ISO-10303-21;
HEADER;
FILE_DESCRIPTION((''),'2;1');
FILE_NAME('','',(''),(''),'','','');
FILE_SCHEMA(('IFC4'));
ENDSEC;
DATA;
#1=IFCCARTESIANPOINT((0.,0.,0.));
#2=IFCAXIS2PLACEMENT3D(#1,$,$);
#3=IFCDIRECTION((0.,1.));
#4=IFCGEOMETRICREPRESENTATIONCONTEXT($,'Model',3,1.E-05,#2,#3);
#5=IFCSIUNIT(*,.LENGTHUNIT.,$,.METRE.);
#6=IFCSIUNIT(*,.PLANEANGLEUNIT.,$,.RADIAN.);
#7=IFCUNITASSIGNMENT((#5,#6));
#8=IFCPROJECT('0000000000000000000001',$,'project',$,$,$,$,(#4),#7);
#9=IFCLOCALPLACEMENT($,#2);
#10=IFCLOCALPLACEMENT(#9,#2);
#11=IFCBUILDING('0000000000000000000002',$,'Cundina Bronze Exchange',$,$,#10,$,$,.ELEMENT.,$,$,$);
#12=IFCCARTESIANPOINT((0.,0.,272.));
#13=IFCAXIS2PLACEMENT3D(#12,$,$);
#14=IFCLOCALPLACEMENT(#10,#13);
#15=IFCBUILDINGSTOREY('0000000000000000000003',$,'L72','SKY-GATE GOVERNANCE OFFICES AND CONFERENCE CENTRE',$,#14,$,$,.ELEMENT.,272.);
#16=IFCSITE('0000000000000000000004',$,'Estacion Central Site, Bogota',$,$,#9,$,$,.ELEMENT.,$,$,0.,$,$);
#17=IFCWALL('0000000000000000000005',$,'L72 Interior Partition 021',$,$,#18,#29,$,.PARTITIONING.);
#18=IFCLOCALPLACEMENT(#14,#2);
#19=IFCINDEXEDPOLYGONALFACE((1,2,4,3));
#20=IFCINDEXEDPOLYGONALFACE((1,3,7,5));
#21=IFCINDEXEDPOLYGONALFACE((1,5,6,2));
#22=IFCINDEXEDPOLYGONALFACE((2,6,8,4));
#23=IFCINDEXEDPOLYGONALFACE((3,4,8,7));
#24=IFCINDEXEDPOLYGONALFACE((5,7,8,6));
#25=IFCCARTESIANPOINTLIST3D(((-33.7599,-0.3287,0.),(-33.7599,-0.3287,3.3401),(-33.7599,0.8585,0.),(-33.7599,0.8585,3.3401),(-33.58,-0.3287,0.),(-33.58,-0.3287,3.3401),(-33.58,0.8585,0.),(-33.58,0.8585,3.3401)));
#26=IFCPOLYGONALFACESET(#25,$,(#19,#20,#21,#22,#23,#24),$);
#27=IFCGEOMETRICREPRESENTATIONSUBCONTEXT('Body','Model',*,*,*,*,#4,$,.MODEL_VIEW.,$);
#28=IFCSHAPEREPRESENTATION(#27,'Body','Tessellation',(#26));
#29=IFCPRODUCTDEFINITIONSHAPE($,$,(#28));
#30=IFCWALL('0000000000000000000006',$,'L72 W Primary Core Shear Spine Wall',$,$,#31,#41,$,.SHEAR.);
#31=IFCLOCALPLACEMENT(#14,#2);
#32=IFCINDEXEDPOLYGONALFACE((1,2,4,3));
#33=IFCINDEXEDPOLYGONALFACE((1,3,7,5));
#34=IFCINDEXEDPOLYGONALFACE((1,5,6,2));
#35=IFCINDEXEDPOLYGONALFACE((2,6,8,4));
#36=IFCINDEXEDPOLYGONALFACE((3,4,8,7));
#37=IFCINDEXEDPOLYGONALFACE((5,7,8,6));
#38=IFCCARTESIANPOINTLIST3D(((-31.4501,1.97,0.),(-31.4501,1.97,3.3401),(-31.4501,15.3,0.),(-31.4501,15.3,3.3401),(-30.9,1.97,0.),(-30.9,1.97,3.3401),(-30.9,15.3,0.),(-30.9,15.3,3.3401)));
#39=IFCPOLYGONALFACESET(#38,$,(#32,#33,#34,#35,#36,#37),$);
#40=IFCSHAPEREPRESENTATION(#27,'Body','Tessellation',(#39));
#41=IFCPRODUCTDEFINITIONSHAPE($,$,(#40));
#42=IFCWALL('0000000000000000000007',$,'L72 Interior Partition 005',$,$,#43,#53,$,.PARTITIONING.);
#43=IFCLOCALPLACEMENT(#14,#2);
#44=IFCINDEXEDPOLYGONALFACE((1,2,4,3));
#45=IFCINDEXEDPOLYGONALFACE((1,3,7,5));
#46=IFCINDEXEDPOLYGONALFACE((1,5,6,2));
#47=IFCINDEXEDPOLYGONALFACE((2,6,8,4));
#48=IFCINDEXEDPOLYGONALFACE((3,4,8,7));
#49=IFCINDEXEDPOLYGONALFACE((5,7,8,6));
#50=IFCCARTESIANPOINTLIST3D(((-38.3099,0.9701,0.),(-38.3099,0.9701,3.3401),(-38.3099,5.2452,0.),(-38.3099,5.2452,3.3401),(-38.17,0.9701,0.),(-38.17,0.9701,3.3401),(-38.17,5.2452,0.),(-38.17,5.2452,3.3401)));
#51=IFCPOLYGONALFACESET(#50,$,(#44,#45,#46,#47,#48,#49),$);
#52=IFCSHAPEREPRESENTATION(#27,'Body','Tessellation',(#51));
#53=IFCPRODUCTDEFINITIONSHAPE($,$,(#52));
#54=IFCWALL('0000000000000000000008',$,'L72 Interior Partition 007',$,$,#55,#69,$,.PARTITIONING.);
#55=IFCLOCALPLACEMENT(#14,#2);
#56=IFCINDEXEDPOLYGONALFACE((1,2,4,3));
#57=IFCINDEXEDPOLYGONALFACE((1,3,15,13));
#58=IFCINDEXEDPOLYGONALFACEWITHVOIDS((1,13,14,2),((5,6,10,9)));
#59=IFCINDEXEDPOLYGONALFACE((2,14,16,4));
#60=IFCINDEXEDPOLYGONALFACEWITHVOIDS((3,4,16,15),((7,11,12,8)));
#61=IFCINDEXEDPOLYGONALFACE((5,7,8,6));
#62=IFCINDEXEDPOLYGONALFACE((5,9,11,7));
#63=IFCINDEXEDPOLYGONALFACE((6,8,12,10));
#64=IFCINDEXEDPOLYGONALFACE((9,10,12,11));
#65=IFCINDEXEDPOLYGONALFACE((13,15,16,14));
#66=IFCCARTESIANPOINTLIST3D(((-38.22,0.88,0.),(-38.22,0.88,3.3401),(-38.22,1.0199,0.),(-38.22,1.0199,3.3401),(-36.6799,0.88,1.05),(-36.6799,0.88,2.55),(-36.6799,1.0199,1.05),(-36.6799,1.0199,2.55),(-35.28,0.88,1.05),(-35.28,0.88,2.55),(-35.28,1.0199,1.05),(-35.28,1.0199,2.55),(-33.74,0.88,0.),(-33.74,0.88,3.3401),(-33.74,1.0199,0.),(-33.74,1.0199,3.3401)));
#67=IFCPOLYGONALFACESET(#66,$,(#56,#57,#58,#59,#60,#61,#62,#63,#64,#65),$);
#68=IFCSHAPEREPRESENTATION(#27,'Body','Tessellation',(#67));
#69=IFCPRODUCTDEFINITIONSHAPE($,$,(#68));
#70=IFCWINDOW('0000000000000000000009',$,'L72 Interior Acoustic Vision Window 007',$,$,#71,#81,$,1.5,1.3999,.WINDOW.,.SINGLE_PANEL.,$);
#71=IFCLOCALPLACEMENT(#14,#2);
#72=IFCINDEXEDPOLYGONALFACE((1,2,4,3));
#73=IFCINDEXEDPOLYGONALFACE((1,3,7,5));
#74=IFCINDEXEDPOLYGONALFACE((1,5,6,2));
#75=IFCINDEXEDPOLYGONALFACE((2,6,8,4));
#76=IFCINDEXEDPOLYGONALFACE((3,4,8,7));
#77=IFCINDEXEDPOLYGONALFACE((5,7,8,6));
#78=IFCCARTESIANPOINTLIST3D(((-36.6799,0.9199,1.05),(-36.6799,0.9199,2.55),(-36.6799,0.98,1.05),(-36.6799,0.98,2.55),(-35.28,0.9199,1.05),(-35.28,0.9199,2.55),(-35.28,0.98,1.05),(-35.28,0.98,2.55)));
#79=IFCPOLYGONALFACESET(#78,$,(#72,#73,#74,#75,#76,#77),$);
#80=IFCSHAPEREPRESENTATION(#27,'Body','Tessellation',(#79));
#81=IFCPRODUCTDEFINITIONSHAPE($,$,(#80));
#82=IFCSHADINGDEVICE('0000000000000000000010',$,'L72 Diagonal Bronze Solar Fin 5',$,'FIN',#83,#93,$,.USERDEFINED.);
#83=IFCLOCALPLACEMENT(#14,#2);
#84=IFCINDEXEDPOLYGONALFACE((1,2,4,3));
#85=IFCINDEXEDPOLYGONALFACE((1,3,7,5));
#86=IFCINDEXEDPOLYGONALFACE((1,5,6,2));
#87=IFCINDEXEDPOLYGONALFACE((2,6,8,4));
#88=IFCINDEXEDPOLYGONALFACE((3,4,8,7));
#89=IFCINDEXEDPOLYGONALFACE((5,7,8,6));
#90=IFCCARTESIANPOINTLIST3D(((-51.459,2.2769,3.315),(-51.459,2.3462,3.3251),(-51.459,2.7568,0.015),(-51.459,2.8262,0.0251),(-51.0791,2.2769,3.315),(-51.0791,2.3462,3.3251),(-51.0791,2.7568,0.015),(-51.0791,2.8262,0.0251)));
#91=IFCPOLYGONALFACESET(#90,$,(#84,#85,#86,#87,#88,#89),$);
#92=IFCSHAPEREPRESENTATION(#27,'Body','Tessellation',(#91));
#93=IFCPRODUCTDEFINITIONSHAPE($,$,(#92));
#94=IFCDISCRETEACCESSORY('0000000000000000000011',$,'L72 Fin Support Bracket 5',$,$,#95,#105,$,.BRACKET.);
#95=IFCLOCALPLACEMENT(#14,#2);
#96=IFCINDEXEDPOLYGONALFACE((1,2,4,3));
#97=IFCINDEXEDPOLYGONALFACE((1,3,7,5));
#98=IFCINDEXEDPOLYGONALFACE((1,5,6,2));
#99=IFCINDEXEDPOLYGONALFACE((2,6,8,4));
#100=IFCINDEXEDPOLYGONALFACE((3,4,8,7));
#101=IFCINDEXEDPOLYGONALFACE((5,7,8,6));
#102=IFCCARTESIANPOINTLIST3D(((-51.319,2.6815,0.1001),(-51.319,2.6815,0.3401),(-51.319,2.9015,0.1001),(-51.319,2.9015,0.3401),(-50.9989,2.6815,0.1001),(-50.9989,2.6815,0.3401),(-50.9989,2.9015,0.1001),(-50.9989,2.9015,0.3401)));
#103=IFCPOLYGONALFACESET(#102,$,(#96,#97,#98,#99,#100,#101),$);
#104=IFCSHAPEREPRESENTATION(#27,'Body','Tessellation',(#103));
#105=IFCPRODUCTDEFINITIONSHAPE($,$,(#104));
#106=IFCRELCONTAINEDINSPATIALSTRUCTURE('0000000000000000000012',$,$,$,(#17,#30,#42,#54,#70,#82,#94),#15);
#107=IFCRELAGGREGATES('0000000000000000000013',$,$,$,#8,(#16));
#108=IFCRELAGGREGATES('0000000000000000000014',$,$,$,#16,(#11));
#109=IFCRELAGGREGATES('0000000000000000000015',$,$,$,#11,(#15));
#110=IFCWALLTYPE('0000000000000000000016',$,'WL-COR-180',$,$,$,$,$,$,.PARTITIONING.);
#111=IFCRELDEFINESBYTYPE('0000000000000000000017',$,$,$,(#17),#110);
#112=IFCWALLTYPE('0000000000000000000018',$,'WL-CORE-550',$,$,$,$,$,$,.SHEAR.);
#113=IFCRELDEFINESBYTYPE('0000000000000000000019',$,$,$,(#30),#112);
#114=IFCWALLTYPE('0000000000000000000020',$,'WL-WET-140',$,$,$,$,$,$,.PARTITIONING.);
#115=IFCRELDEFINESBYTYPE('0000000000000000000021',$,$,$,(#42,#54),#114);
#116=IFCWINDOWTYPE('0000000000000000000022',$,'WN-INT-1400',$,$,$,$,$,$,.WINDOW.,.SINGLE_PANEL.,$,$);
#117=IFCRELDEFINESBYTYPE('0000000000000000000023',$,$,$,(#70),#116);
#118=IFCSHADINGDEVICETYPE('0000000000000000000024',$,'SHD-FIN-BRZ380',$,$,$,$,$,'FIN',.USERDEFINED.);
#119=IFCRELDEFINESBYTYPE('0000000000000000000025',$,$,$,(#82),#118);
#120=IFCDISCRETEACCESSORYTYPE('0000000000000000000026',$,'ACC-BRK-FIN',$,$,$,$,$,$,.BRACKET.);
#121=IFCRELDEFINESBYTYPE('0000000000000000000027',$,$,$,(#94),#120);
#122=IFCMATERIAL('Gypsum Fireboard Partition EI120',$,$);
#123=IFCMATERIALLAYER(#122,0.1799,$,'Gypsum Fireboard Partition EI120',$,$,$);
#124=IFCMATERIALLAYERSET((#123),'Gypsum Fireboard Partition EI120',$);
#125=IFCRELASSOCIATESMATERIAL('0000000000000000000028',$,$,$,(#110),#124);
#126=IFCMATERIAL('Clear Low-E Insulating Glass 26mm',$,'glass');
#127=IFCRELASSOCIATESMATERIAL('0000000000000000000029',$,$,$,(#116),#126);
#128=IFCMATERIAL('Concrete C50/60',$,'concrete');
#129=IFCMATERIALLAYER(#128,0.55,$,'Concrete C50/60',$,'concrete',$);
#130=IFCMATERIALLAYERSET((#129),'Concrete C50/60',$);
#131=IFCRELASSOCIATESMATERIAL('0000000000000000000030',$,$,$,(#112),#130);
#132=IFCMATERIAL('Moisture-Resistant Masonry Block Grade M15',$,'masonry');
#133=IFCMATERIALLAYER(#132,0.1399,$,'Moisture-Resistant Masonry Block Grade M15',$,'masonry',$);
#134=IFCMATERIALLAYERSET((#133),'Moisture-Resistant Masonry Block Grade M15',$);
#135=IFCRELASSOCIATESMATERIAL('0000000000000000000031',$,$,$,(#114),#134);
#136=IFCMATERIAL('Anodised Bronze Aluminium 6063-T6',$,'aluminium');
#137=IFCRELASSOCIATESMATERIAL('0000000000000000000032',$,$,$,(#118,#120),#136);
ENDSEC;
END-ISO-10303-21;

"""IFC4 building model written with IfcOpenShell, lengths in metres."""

from ifc_helpers import new_model, si_unit, direction, frame, frame_2d, origin, origin_2d, place, context, subcontext, project, spatial, rectangle, extrude, material, layer, layer_set, material_profile, profile_set, type_object, element, fill, save


model = new_model("IFC4")

# Units and contexts
model_context = context("Model", 3, precision=1e-05, world=origin(), true_north=direction((0.0, 1.0)))
body_context = subcontext(model_context, "Body", "Model", "MODEL_VIEW")
ifc_project = project(units=[si_unit("LENGTHUNIT", "METRE"), si_unit("PLANEANGLEUNIT", "RADIAN")], contexts=[model_context])

# Site, building, storey
site_placement = place(None, origin())
site = spatial("IfcSite", under=ifc_project, at=site_placement, Name="Estacion Central Site, Bogota", CompositionType="ELEMENT", RefElevation=0.0)
building_placement = place(site_placement, origin())
building = spatial("IfcBuilding", under=site, at=building_placement, Name="Cundina Bronze Exchange", CompositionType="ELEMENT")
storey_placement = place(building_placement, frame((0.0, 0.0, 272.0)))
storey = spatial("IfcBuildingStorey", under=building, at=storey_placement, Name="L72", Description="SKY-GATE GOVERNANCE OFFICES AND CONFERENCE CENTRE", CompositionType="ELEMENT", Elevation=272.0)

# Shared definitions
ifc_material_1 = material(Name="Concrete C50/60", Category="concrete")

# Shared definitions
ifc_material_2 = material(Name="Anodised Bronze Aluminium 6063-T6", Category="aluminium")

# Shared definitions
ifc_material_3 = material(Name="Gypsum Fireboard Partition EI120")
ifc_layer_1 = layer(ifc_material_3, 0.1799, Name="Gypsum Fireboard Partition EI120")
ifc_layer_set_1 = layer_set([ifc_layer_1], Name="Gypsum Fireboard Partition EI120")
wall_type_1 = type_object("IfcWallType", Name="WL-COR-180", PredefinedType="PARTITIONING", material=ifc_layer_set_1)

# Shared definitions
ifc_material_4 = material(Name="Clear Low-E Insulating Glass 26mm", Category="glass")
window_type = type_object("IfcWindowType", Name="WN-INT-1400", PartitioningType="SINGLE_PANEL", PredefinedType="WINDOW", material=ifc_material_4)

# Walls
wall_1_placement = place(storey_placement, frame((-33.6699, 0.8586, 0.0), z_axis=(0.0, 0.0, 1.0), x_axis=(0.0, -1.0, 0.0)))
element("IfcWall", 1, at=wall_1_placement, inside=storey, type_object=wall_type_1, Name="L72 Interior Partition 021", PredefinedType="PARTITIONING", context=body_context, shape_type="SweptSolid", body=[
    extrude(rectangle(XDim=1.1873, YDim=0.1799, at=frame_2d((0.5938, 0.0))), origin(), (0.0, 0.0, 1.0), 3.3401),
])
ifc_layer_2 = layer(ifc_material_1, 0.55, Name="Concrete C50/60", Category="concrete")
ifc_layer_set_2 = layer_set([ifc_layer_2], Name="Concrete C50/60")
wall_type_2 = type_object("IfcWallType", Name="WL-CORE-550", PredefinedType="SHEAR", material=ifc_layer_set_2)
wall_2_placement = place(storey_placement, frame((-31.175, 1.97, 0.0), z_axis=(0.0, 0.0, 1.0), x_axis=(0.0, 1.0, 0.0)))
element("IfcWall", 2, at=wall_2_placement, inside=storey, type_object=wall_type_2, Name="L72 W Primary Core Shear Spine Wall", PredefinedType="SHEAR", context=body_context, shape_type="SweptSolid", body=[
    extrude(rectangle(XDim=13.3301, YDim=0.55, at=frame_2d((6.665, 0.0))), origin(), (0.0, 0.0, 1.0), 3.3401),
])
ifc_material_5 = material(Name="Moisture-Resistant Masonry Block Grade M15", Category="masonry")
ifc_layer_3 = layer(ifc_material_5, 0.1399, Name="Moisture-Resistant Masonry Block Grade M15", Category="masonry")
ifc_layer_set_3 = layer_set([ifc_layer_3], Name="Moisture-Resistant Masonry Block Grade M15")
wall_type_3 = type_object("IfcWallType", Name="WL-WET-140", PredefinedType="PARTITIONING", material=ifc_layer_set_3)
wall_3_placement = place(storey_placement, frame((-38.24, 0.97, 0.0), z_axis=(0.0, 0.0, 1.0), x_axis=(0.0, 1.0, 0.0)))
element("IfcWall", 3, at=wall_3_placement, inside=storey, type_object=wall_type_3, Name="L72 Interior Partition 005", PredefinedType="PARTITIONING", context=body_context, shape_type="SweptSolid", body=[
    extrude(rectangle(XDim=4.2751, YDim=0.1399, at=frame_2d((2.1377, 0.0))), origin(), (0.0, 0.0, 1.0), 3.3401),
])

# Wall, opening, window
wall_4_placement = place(storey_placement, frame((-38.22, 0.95, 0.0), z_axis=(0.0, 0.0, 1.0), x_axis=(1.0, 0.0, 0.0)))
wall_4 = element("IfcWall", 4, at=wall_4_placement, inside=storey, type_object=wall_type_3, Name="L72 Interior Partition 007", PredefinedType="PARTITIONING", context=body_context, shape_type="SweptSolid", body=[
    extrude(rectangle(XDim=4.48, YDim=0.1399, at=frame_2d((2.24, 0.0))), origin(), (0.0, 0.0, 1.0), 3.3401),
])
opening_1_placement = place(wall_4_placement, frame((1.54, 0.0, 1.05)))
opening_1 = element("IfcOpeningElement", 5, at=opening_1_placement, cuts=wall_4, PredefinedType="OPENING", context=body_context, shape_type="SweptSolid", body=[
    extrude(rectangle(XDim=1.3999, YDim=1.5, at=frame_2d((0.7, 0.75))), frame((0.0, 0.0798, 0.0), z_axis=(0.0, -1.0, 0.0), x_axis=(1.0, 0.0, 0.0)), (0.0, 0.0, 1.0), 0.1599),
])
window_1_placement = place(opening_1_placement, origin())
window_1 = element("IfcWindow", 6, at=window_1_placement, inside=storey, type_object=window_type, Name="L72 Interior Acoustic Vision Window 007", OverallHeight=1.5, OverallWidth=1.3999, PartitioningType="SINGLE_PANEL", PredefinedType="WINDOW", context=body_context, shape_type="SweptSolid", body=[
    extrude(rectangle(XDim=1.3999, YDim=1.5, at=frame_2d((0.7, 0.75))), frame((0.0, 0.03, 0.0), z_axis=(0.0, -1.0, 0.0), x_axis=(1.0, 0.0, 0.0)), (0.0, 0.0, 1.0), 0.0601),
])
fill(opening_1, window_1)

# Shading device
ifc_material_profile_1 = material_profile(ifc_material_2, rectangle(XDim=0.0701, YDim=0.3799, at=origin_2d()), Name="FIN70X380", Category="aluminium")
ifc_profile_set_1 = profile_set([ifc_material_profile_1], Name="Anodised Bronze Aluminium 6063-T6")
shading_device_type = type_object("IfcShadingDeviceType", Name="SHD-FIN-BRZ380", ElementType="FIN", PredefinedType="USERDEFINED", material=ifc_profile_set_1)
shading_device_placement = place(storey_placement, frame((-51.269, 2.7915, 0.02), z_axis=(0.0, -0.143932, 0.989588), x_axis=(0.0, 0.989588, 0.143932)))
element("IfcShadingDevice", 7, at=shading_device_placement, inside=storey, type_object=shading_device_type, Name="L72 Diagonal Bronze Solar Fin 5", ObjectType="FIN", PredefinedType="USERDEFINED", context=body_context, shape_type="SweptSolid", body=[
    extrude(rectangle(XDim=0.0701, YDim=0.3799, at=origin_2d()), origin(), (0.0, 0.0, 1.0), 3.3347),
])

# Discrete accessory
discrete_accessory_type = type_object("IfcDiscreteAccessoryType", Name="ACC-BRK-FIN", PredefinedType="BRACKET", material=ifc_material_2)
discrete_accessory_placement = place(storey_placement, frame((-51.1589, 2.7915, 0.1001), z_axis=(0.0, 0.0, 1.0), x_axis=(0.0, -1.0, 0.0)))
element("IfcDiscreteAccessory", 8, at=discrete_accessory_placement, inside=storey, type_object=discrete_accessory_type, Name="L72 Fin Support Bracket 5", PredefinedType="BRACKET", context=body_context, shape_type="SweptSolid", body=[
    extrude(rectangle(XDim=0.22, YDim=0.3201, at=origin_2d()), origin(), (0.0, 0.0, 1.0), 0.24),
])

save(model, "model.ifc")
